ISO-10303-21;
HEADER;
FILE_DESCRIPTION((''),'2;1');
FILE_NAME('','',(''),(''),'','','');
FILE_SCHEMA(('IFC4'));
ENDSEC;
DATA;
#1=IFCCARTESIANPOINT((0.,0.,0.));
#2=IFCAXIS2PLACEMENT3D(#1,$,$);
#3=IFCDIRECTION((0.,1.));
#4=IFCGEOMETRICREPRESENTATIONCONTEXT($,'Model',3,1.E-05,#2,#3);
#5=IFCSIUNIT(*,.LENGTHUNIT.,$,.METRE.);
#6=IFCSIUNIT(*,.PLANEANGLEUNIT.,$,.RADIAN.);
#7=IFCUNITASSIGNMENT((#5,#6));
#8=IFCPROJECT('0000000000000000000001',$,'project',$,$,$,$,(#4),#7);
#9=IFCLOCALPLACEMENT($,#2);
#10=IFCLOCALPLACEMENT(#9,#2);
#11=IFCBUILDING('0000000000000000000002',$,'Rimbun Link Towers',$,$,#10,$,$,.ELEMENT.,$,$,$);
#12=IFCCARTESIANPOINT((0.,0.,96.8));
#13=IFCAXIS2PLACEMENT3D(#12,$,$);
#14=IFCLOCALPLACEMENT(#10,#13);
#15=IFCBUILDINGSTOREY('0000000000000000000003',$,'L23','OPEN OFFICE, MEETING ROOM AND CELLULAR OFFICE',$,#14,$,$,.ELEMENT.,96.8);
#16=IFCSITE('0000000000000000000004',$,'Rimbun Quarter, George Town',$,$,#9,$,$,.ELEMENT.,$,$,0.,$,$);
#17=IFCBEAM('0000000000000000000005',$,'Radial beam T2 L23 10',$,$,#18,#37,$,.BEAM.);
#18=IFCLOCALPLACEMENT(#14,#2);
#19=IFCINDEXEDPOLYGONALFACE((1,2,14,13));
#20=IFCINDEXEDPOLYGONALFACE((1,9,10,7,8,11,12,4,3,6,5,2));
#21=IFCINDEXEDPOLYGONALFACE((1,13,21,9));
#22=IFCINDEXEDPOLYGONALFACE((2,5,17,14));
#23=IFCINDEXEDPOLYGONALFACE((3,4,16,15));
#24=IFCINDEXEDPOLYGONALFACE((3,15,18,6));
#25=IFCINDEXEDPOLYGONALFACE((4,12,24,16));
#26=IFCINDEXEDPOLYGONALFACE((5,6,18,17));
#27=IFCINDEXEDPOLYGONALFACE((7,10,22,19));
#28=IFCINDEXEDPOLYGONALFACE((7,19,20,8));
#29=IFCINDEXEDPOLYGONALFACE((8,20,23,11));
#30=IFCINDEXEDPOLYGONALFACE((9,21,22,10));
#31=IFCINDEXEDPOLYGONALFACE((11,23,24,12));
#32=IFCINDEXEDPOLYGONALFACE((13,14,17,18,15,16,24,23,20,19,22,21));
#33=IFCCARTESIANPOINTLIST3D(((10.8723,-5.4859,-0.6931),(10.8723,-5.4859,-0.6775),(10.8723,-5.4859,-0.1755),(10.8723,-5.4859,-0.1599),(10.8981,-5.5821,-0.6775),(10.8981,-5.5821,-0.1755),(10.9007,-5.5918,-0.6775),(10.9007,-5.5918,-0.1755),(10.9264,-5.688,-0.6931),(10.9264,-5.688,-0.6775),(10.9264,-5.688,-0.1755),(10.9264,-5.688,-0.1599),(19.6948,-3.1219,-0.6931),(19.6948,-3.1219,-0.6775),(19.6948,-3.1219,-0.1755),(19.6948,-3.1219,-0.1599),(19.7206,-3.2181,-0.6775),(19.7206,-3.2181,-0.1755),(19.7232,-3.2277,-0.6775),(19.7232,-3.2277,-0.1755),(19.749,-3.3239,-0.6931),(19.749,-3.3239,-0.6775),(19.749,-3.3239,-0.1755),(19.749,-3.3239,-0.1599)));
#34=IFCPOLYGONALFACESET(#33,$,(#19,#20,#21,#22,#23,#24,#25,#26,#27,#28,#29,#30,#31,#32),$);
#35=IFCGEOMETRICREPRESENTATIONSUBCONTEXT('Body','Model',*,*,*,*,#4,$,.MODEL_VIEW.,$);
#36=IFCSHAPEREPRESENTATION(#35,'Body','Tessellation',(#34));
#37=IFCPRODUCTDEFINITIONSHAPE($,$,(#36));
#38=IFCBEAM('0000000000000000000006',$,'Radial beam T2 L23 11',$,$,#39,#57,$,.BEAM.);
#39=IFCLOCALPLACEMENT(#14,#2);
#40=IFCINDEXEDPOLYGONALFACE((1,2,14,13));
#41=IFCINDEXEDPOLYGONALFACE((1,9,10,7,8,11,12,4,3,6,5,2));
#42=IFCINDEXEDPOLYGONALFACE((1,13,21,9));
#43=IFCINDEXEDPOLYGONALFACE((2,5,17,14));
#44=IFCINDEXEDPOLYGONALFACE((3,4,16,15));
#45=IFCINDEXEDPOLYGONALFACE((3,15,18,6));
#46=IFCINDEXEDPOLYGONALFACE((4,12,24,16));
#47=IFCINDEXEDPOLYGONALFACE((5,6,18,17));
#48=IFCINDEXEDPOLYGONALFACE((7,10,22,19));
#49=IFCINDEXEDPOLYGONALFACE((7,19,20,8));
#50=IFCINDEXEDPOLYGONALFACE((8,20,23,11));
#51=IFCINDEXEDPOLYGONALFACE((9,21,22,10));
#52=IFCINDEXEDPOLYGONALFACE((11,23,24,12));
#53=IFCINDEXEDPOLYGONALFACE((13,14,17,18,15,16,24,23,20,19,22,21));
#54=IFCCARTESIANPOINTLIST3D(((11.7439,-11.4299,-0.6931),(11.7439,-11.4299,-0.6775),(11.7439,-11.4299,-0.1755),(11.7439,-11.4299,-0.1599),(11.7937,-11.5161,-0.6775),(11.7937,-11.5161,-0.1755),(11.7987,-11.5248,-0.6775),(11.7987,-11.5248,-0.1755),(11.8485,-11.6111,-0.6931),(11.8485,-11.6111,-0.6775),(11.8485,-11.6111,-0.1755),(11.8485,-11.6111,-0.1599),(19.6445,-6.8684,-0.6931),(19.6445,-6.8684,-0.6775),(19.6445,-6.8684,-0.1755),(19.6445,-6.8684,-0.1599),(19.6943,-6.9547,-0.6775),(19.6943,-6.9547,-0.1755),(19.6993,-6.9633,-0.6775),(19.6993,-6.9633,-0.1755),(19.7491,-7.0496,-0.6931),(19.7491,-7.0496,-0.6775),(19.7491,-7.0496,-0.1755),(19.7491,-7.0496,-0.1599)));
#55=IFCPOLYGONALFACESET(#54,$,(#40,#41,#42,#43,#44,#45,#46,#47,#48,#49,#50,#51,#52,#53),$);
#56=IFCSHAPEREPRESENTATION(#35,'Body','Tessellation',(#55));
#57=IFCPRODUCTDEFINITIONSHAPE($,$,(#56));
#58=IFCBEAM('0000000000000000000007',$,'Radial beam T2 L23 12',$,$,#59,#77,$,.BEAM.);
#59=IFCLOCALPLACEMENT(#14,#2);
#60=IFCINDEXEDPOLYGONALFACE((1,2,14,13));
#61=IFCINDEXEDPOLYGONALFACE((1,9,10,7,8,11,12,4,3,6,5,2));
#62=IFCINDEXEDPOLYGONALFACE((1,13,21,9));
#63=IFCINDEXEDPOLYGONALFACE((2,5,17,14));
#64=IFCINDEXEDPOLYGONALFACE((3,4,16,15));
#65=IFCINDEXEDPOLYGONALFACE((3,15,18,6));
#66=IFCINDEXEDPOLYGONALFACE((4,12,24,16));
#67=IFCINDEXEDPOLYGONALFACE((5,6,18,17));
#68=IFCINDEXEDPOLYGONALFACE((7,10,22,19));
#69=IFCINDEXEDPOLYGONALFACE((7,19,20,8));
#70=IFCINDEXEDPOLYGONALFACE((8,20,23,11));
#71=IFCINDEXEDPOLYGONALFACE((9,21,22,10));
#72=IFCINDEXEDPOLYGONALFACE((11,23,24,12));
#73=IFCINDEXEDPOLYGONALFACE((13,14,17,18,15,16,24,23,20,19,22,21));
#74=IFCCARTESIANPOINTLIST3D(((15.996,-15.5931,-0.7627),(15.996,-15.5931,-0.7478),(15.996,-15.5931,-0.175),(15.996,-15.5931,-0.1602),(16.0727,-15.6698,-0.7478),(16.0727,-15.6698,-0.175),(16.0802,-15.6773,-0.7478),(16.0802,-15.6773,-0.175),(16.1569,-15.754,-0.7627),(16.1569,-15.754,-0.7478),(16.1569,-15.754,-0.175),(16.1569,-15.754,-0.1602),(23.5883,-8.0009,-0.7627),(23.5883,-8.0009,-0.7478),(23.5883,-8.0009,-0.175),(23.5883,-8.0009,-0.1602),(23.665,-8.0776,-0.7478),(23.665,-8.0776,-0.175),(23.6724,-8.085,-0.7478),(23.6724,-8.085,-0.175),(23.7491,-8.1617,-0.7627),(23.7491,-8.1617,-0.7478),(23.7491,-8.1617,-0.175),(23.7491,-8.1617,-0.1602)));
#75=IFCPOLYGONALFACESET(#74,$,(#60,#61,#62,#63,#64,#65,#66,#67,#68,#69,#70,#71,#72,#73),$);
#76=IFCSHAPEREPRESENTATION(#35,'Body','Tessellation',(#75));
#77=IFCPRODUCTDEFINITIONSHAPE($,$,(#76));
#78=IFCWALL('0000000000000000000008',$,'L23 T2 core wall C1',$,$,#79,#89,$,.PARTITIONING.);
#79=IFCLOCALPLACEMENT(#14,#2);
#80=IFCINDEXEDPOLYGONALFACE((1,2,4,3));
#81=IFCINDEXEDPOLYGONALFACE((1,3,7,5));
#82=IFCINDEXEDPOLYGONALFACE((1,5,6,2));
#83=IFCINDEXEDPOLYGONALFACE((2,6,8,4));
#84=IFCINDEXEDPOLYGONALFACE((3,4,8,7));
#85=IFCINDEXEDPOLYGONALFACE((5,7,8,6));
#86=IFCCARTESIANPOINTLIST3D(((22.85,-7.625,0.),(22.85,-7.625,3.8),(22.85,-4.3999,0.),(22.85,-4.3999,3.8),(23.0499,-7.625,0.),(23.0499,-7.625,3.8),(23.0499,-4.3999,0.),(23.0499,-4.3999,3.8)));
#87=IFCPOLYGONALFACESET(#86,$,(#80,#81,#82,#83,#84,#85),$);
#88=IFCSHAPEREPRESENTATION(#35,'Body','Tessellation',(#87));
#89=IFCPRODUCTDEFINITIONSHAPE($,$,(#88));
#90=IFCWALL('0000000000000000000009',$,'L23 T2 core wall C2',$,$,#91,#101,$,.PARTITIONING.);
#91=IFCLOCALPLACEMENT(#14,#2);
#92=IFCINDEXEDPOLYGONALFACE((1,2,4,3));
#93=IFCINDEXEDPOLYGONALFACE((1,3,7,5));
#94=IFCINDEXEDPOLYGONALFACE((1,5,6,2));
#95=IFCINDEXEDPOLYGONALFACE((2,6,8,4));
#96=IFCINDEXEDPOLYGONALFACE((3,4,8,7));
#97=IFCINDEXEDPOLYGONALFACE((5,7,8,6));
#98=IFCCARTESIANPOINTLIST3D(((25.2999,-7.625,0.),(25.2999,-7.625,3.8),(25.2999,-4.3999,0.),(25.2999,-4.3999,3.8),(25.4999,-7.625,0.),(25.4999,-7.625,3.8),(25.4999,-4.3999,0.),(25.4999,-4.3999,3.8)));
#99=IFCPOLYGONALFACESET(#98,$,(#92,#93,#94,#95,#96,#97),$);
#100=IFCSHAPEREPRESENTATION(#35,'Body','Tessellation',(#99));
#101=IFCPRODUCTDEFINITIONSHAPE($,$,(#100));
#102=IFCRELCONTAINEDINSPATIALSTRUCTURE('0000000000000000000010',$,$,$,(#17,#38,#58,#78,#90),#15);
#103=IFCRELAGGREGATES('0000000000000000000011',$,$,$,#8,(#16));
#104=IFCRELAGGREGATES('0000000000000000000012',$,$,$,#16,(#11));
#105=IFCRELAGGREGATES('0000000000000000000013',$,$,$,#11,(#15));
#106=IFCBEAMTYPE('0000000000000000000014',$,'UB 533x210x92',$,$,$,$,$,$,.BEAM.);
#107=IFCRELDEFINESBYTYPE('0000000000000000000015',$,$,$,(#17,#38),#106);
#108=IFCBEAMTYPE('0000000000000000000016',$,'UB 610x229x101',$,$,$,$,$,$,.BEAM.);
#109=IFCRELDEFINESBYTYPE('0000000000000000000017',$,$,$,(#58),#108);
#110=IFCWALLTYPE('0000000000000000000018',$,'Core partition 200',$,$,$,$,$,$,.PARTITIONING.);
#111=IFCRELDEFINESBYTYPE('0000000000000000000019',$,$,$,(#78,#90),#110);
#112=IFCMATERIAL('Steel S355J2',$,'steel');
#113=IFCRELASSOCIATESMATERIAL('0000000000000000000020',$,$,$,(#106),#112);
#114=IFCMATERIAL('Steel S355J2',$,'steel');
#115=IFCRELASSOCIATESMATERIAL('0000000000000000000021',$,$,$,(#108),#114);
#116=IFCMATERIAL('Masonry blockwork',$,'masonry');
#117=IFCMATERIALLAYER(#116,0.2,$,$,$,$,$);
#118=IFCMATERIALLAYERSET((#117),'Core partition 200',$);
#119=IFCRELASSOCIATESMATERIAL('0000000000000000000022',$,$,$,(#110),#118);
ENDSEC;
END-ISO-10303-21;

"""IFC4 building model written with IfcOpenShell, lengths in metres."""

from ifc_helpers import new_model, si_unit, direction, frame, frame_2d, origin, origin_2d, place, context, subcontext, project, spatial, rectangle, i_section, extrude, material, layer, layer_set, material_profile, profile_set, type_object, element, save


model = new_model("IFC4")

# Units and contexts
model_context = context("Model", 3, precision=1e-05, world=origin(), true_north=direction((0.0, 1.0)))
body_context = subcontext(model_context, "Body", "Model", "MODEL_VIEW")
ifc_project = project(units=[si_unit("LENGTHUNIT", "METRE"), si_unit("PLANEANGLEUNIT", "RADIAN")], contexts=[model_context])

# Site, building, storey
site_placement = place(None, origin())
site = spatial("IfcSite", under=ifc_project, at=site_placement, Name="Rimbun Quarter, George Town", CompositionType="ELEMENT", RefElevation=0.0)
building_placement = place(site_placement, origin())
building = spatial("IfcBuilding", under=site, at=building_placement, Name="Rimbun Link Towers", CompositionType="ELEMENT")
storey_placement = place(building_placement, frame((0.0, 0.0, 96.8)))
storey = spatial("IfcBuildingStorey", under=building, at=storey_placement, Name="L23", Description="OPEN OFFICE, MEETING ROOM AND CELLULAR OFFICE", CompositionType="ELEMENT", Elevation=96.8)

# Beams
ifc_material_1 = material(Name="Steel S355J2", Category="steel")
ifc_material_profile_1 = material_profile(ifc_material_1, i_section(OverallWidth=0.2092, OverallDepth=0.5332, WebThickness=0.01, FlangeThickness=0.0156, at=origin_2d()), Name="UB 533x210x92")
ifc_profile_set_1 = profile_set([ifc_material_profile_1], Name="Steel S355J2")
beam_type_1 = type_object("IfcBeamType", Name="UB 533x210x92", PredefinedType="BEAM", material=ifc_profile_set_1)
beam_1_placement = place(storey_placement, frame((19.7219, -3.2229, -0.4265), z_axis=(-0.965925, -0.258822, 0.0), x_axis=(0.258822, -0.965925, 0.0)))
element("IfcBeam", 1, at=beam_1_placement, inside=storey, type_object=beam_type_1, Name="Radial beam T2 L23 10", PredefinedType="BEAM", context=body_context, shape_type="SweptSolid", body=[
    extrude(i_section(OverallWidth=0.2092, OverallDepth=0.5332, WebThickness=0.01, FlangeThickness=0.0156, at=origin_2d()), origin(), (0.0, 0.0, 1.0), 9.1338),
])
beam_2_placement = place(storey_placement, frame((19.6968, -6.959, -0.4265), z_axis=(-0.866021, -0.500007, 0.0), x_axis=(0.500007, -0.866021, 0.0)))
element("IfcBeam", 2, at=beam_2_placement, inside=storey, type_object=beam_type_1, Name="Radial beam T2 L23 11", PredefinedType="BEAM", context=body_context, shape_type="SweptSolid", body=[
    extrude(i_section(OverallWidth=0.2092, OverallDepth=0.5332, WebThickness=0.01, FlangeThickness=0.0156, at=origin_2d()), origin(), (0.0, 0.0, 1.0), 9.1228),
])
ifc_material_2 = material(Name="Steel S355J2", Category="steel")
ifc_material_profile_2 = material_profile(ifc_material_2, i_section(OverallWidth=0.2275, OverallDepth=0.6025, WebThickness=0.0105, FlangeThickness=0.0149, at=origin_2d()), Name="UB 610x229x101")
ifc_profile_set_2 = profile_set([ifc_material_profile_2], Name="Steel S355J2")
beam_type_2 = type_object("IfcBeamType", Name="UB 610x229x101", PredefinedType="BEAM", material=ifc_profile_set_2)
beam_3_placement = place(storey_placement, frame((23.6687, -8.0813, -0.4614), z_axis=(-0.707107, -0.707107, 0.0), x_axis=(0.707107, -0.707107, 0.0)))
element("IfcBeam", 3, at=beam_3_placement, inside=storey, type_object=beam_type_2, Name="Radial beam T2 L23 12", PredefinedType="BEAM", context=body_context, shape_type="SweptSolid", body=[
    extrude(i_section(OverallWidth=0.2275, OverallDepth=0.6025, WebThickness=0.0105, FlangeThickness=0.0149, at=origin_2d()), origin(), (0.0, 0.0, 1.0), 10.7371),
])

# Walls
ifc_material_3 = material(Name="Masonry blockwork", Category="masonry")
ifc_layer_1 = layer(ifc_material_3, 0.2)
ifc_layer_set_1 = layer_set([ifc_layer_1], Name="Core partition 200")
wall_type_1 = type_object("IfcWallType", Name="Core partition 200", PredefinedType="PARTITIONING", material=ifc_layer_set_1)
for number, where, z_axis, x_axis, name in (
    (4, (22.95, -4.3999, 0.0), (0.0, 0.0, 1.0), (0.0, -1.0, 0.0), "L23 T2 core wall C1"),
    (5, (25.3999, -4.3999, 0.0), (0.0, 0.0, 1.0), (0.0, -1.0, 0.0), "L23 T2 core wall C2"),
):
    element("IfcWall", number, at=place(storey_placement, frame(where, z_axis=z_axis, x_axis=x_axis)), inside=storey, type_object=wall_type_1, Name=name, PredefinedType="PARTITIONING", context=body_context, shape_type="SweptSolid", body=[
        extrude(rectangle(XDim=3.2251, YDim=0.2, at=frame_2d((1.6125, 0.0))), origin(), (0.0, 0.0, 1.0), 3.8),
    ])

save(model, "model.ifc")
